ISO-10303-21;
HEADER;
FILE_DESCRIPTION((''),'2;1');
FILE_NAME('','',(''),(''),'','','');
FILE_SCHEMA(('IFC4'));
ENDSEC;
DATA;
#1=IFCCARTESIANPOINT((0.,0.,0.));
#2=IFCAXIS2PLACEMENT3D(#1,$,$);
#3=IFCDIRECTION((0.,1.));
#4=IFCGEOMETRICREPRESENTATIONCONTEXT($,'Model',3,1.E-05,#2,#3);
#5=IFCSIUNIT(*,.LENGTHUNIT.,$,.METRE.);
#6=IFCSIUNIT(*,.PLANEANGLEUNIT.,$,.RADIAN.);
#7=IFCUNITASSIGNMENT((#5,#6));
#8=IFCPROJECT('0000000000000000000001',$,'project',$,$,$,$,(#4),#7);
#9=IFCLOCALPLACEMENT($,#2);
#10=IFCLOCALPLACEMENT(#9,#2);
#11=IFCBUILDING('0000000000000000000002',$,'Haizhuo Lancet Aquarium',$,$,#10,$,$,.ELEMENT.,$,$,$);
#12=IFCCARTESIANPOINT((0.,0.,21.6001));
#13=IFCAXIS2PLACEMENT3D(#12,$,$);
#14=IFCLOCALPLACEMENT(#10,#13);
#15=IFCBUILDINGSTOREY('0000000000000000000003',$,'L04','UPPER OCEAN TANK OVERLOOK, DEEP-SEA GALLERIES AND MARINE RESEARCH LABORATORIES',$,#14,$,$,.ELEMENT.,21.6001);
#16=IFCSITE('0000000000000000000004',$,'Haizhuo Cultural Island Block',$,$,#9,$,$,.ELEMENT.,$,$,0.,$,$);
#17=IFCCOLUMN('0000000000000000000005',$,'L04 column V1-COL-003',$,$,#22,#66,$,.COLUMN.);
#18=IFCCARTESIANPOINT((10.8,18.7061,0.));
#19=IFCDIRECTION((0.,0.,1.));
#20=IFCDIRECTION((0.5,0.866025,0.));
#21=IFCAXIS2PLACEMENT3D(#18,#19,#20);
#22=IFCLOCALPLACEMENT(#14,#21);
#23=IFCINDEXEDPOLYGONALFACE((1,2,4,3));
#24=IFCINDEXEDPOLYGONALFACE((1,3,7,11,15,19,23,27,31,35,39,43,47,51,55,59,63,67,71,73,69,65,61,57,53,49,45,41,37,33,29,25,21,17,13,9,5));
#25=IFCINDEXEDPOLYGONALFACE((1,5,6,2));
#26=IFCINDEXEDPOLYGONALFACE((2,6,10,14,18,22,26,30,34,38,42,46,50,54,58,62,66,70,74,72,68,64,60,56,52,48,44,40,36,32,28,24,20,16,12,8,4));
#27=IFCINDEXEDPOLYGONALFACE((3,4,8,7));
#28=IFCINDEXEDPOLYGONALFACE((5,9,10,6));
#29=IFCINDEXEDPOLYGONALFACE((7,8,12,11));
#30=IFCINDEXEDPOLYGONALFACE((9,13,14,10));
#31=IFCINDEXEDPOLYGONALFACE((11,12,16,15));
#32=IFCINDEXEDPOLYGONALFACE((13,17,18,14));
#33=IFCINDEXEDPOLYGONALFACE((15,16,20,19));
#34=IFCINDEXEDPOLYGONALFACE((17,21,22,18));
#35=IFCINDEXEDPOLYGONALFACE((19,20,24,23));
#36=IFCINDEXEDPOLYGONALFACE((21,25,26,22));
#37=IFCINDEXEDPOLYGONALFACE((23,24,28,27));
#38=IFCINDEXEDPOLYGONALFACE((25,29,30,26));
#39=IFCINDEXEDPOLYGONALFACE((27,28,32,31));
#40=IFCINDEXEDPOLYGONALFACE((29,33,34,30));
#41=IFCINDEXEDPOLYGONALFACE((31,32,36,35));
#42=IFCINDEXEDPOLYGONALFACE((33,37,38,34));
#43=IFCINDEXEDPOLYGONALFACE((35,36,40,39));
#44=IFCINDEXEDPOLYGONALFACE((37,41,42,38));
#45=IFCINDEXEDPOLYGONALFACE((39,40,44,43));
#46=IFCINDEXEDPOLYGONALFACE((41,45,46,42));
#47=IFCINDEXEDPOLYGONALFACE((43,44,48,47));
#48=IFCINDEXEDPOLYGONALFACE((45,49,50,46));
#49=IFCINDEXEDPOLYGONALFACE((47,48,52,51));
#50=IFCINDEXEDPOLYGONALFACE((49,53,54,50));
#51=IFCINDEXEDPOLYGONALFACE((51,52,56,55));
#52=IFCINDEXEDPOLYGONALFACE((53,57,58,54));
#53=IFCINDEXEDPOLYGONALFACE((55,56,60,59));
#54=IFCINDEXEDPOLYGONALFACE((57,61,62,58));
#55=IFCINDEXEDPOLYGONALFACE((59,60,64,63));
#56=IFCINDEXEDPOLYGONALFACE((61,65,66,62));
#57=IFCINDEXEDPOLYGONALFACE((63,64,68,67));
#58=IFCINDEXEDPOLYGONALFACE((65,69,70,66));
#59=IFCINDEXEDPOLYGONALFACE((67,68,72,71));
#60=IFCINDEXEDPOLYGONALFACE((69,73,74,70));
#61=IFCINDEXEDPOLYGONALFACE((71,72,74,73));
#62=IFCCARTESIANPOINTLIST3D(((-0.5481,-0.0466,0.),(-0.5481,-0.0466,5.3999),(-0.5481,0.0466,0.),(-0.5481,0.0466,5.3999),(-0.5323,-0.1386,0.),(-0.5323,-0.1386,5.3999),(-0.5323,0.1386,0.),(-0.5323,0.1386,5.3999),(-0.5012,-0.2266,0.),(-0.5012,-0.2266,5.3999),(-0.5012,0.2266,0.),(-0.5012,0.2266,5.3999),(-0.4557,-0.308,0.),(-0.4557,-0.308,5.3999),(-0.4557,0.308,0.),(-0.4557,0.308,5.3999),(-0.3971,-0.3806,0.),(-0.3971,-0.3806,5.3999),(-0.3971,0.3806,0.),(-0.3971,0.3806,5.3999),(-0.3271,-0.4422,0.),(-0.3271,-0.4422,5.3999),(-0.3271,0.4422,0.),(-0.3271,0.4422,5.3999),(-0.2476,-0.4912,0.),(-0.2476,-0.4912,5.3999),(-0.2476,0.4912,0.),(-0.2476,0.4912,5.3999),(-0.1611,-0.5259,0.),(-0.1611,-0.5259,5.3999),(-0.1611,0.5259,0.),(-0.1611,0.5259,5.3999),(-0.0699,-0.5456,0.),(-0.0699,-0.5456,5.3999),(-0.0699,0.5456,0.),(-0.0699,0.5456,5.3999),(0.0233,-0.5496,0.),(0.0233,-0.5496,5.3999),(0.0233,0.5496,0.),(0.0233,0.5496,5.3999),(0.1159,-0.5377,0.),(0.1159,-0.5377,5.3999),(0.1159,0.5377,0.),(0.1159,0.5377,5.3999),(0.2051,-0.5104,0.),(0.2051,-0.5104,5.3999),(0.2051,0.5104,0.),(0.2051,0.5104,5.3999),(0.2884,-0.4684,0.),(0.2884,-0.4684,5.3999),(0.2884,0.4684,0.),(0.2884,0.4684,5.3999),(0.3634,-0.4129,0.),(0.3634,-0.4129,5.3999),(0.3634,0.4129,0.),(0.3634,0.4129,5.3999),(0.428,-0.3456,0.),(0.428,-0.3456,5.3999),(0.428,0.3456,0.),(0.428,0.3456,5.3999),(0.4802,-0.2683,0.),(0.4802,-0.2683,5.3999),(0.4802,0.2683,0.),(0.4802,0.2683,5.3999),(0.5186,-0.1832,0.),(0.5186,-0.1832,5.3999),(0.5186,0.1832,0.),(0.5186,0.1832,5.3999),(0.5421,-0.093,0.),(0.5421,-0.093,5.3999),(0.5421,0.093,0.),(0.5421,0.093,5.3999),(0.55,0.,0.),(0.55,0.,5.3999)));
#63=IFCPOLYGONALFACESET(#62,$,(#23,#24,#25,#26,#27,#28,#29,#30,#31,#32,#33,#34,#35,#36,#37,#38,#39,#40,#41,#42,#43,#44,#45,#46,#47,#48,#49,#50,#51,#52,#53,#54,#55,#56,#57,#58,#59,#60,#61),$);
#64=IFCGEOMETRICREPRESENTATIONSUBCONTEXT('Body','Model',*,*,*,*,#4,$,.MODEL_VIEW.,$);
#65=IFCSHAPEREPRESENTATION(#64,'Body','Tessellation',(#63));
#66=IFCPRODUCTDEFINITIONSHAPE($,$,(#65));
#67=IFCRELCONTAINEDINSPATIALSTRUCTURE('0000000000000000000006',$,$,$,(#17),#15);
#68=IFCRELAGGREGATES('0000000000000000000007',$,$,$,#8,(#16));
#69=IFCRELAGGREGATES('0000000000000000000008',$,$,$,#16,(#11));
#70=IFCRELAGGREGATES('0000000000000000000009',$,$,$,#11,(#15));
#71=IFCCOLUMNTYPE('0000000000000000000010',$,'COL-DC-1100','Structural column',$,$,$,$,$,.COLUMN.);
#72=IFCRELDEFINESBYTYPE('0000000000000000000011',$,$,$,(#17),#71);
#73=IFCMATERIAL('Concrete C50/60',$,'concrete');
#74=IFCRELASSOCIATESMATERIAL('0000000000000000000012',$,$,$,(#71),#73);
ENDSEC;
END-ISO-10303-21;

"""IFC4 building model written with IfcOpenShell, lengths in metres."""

from ifc_helpers import new_model, si_unit, direction, frame, origin, origin_2d, place, context, subcontext, project, spatial, circle, extrude, material, material_profile, profile_set, type_object, element, save


model = new_model("IFC4")

# Units and contexts
model_context = context("Model", 3, precision=1e-05, world=origin(), true_north=direction((0.0, 1.0)))
body_context = subcontext(model_context, "Body", "Model", "MODEL_VIEW")
ifc_project = project(units=[si_unit("LENGTHUNIT", "METRE"), si_unit("PLANEANGLEUNIT", "RADIAN")], contexts=[model_context])

# Site, building, storey
site_placement = place(None, origin())
site = spatial("IfcSite", under=ifc_project, at=site_placement, Name="Haizhuo Cultural Island Block", CompositionType="ELEMENT", RefElevation=0.0)
building_placement = place(site_placement, origin())
building = spatial("IfcBuilding", under=site, at=building_placement, Name="Haizhuo Lancet Aquarium", CompositionType="ELEMENT")
storey_placement = place(building_placement, frame((0.0, 0.0, 21.6001)))
storey = spatial("IfcBuildingStorey", under=building, at=storey_placement, Name="L04", Description="UPPER OCEAN TANK OVERLOOK, DEEP-SEA GALLERIES AND MARINE RESEARCH LABORATORIES", CompositionType="ELEMENT", Elevation=21.6001)

# Column
ifc_material_1 = material(Name="Concrete C50/60", Category="concrete")
ifc_material_profile_1 = material_profile(ifc_material_1, circle(Radius=0.55, at=origin_2d()), Name="RC-DC 1100")
ifc_profile_set_1 = profile_set([ifc_material_profile_1], Name="Concrete C50/60")
column_type_1 = type_object("IfcColumnType", Name="COL-DC-1100", Description="Structural column", PredefinedType="COLUMN", material=ifc_profile_set_1)
column_placement = place(storey_placement, frame((10.8, 18.7061, 0.0), z_axis=(0.0, 0.0, 1.0), x_axis=(0.5, 0.866025, 0.0)))
element("IfcColumn", 1, at=column_placement, inside=storey, type_object=column_type_1, Name="L04 column V1-COL-003", PredefinedType="COLUMN", context=body_context, shape_type="SweptSolid", body=[
    extrude(circle(Radius=0.55, at=origin_2d()), origin(), (0.0, 0.0, 1.0), 5.3999),
])

save(model, "model.ifc")
